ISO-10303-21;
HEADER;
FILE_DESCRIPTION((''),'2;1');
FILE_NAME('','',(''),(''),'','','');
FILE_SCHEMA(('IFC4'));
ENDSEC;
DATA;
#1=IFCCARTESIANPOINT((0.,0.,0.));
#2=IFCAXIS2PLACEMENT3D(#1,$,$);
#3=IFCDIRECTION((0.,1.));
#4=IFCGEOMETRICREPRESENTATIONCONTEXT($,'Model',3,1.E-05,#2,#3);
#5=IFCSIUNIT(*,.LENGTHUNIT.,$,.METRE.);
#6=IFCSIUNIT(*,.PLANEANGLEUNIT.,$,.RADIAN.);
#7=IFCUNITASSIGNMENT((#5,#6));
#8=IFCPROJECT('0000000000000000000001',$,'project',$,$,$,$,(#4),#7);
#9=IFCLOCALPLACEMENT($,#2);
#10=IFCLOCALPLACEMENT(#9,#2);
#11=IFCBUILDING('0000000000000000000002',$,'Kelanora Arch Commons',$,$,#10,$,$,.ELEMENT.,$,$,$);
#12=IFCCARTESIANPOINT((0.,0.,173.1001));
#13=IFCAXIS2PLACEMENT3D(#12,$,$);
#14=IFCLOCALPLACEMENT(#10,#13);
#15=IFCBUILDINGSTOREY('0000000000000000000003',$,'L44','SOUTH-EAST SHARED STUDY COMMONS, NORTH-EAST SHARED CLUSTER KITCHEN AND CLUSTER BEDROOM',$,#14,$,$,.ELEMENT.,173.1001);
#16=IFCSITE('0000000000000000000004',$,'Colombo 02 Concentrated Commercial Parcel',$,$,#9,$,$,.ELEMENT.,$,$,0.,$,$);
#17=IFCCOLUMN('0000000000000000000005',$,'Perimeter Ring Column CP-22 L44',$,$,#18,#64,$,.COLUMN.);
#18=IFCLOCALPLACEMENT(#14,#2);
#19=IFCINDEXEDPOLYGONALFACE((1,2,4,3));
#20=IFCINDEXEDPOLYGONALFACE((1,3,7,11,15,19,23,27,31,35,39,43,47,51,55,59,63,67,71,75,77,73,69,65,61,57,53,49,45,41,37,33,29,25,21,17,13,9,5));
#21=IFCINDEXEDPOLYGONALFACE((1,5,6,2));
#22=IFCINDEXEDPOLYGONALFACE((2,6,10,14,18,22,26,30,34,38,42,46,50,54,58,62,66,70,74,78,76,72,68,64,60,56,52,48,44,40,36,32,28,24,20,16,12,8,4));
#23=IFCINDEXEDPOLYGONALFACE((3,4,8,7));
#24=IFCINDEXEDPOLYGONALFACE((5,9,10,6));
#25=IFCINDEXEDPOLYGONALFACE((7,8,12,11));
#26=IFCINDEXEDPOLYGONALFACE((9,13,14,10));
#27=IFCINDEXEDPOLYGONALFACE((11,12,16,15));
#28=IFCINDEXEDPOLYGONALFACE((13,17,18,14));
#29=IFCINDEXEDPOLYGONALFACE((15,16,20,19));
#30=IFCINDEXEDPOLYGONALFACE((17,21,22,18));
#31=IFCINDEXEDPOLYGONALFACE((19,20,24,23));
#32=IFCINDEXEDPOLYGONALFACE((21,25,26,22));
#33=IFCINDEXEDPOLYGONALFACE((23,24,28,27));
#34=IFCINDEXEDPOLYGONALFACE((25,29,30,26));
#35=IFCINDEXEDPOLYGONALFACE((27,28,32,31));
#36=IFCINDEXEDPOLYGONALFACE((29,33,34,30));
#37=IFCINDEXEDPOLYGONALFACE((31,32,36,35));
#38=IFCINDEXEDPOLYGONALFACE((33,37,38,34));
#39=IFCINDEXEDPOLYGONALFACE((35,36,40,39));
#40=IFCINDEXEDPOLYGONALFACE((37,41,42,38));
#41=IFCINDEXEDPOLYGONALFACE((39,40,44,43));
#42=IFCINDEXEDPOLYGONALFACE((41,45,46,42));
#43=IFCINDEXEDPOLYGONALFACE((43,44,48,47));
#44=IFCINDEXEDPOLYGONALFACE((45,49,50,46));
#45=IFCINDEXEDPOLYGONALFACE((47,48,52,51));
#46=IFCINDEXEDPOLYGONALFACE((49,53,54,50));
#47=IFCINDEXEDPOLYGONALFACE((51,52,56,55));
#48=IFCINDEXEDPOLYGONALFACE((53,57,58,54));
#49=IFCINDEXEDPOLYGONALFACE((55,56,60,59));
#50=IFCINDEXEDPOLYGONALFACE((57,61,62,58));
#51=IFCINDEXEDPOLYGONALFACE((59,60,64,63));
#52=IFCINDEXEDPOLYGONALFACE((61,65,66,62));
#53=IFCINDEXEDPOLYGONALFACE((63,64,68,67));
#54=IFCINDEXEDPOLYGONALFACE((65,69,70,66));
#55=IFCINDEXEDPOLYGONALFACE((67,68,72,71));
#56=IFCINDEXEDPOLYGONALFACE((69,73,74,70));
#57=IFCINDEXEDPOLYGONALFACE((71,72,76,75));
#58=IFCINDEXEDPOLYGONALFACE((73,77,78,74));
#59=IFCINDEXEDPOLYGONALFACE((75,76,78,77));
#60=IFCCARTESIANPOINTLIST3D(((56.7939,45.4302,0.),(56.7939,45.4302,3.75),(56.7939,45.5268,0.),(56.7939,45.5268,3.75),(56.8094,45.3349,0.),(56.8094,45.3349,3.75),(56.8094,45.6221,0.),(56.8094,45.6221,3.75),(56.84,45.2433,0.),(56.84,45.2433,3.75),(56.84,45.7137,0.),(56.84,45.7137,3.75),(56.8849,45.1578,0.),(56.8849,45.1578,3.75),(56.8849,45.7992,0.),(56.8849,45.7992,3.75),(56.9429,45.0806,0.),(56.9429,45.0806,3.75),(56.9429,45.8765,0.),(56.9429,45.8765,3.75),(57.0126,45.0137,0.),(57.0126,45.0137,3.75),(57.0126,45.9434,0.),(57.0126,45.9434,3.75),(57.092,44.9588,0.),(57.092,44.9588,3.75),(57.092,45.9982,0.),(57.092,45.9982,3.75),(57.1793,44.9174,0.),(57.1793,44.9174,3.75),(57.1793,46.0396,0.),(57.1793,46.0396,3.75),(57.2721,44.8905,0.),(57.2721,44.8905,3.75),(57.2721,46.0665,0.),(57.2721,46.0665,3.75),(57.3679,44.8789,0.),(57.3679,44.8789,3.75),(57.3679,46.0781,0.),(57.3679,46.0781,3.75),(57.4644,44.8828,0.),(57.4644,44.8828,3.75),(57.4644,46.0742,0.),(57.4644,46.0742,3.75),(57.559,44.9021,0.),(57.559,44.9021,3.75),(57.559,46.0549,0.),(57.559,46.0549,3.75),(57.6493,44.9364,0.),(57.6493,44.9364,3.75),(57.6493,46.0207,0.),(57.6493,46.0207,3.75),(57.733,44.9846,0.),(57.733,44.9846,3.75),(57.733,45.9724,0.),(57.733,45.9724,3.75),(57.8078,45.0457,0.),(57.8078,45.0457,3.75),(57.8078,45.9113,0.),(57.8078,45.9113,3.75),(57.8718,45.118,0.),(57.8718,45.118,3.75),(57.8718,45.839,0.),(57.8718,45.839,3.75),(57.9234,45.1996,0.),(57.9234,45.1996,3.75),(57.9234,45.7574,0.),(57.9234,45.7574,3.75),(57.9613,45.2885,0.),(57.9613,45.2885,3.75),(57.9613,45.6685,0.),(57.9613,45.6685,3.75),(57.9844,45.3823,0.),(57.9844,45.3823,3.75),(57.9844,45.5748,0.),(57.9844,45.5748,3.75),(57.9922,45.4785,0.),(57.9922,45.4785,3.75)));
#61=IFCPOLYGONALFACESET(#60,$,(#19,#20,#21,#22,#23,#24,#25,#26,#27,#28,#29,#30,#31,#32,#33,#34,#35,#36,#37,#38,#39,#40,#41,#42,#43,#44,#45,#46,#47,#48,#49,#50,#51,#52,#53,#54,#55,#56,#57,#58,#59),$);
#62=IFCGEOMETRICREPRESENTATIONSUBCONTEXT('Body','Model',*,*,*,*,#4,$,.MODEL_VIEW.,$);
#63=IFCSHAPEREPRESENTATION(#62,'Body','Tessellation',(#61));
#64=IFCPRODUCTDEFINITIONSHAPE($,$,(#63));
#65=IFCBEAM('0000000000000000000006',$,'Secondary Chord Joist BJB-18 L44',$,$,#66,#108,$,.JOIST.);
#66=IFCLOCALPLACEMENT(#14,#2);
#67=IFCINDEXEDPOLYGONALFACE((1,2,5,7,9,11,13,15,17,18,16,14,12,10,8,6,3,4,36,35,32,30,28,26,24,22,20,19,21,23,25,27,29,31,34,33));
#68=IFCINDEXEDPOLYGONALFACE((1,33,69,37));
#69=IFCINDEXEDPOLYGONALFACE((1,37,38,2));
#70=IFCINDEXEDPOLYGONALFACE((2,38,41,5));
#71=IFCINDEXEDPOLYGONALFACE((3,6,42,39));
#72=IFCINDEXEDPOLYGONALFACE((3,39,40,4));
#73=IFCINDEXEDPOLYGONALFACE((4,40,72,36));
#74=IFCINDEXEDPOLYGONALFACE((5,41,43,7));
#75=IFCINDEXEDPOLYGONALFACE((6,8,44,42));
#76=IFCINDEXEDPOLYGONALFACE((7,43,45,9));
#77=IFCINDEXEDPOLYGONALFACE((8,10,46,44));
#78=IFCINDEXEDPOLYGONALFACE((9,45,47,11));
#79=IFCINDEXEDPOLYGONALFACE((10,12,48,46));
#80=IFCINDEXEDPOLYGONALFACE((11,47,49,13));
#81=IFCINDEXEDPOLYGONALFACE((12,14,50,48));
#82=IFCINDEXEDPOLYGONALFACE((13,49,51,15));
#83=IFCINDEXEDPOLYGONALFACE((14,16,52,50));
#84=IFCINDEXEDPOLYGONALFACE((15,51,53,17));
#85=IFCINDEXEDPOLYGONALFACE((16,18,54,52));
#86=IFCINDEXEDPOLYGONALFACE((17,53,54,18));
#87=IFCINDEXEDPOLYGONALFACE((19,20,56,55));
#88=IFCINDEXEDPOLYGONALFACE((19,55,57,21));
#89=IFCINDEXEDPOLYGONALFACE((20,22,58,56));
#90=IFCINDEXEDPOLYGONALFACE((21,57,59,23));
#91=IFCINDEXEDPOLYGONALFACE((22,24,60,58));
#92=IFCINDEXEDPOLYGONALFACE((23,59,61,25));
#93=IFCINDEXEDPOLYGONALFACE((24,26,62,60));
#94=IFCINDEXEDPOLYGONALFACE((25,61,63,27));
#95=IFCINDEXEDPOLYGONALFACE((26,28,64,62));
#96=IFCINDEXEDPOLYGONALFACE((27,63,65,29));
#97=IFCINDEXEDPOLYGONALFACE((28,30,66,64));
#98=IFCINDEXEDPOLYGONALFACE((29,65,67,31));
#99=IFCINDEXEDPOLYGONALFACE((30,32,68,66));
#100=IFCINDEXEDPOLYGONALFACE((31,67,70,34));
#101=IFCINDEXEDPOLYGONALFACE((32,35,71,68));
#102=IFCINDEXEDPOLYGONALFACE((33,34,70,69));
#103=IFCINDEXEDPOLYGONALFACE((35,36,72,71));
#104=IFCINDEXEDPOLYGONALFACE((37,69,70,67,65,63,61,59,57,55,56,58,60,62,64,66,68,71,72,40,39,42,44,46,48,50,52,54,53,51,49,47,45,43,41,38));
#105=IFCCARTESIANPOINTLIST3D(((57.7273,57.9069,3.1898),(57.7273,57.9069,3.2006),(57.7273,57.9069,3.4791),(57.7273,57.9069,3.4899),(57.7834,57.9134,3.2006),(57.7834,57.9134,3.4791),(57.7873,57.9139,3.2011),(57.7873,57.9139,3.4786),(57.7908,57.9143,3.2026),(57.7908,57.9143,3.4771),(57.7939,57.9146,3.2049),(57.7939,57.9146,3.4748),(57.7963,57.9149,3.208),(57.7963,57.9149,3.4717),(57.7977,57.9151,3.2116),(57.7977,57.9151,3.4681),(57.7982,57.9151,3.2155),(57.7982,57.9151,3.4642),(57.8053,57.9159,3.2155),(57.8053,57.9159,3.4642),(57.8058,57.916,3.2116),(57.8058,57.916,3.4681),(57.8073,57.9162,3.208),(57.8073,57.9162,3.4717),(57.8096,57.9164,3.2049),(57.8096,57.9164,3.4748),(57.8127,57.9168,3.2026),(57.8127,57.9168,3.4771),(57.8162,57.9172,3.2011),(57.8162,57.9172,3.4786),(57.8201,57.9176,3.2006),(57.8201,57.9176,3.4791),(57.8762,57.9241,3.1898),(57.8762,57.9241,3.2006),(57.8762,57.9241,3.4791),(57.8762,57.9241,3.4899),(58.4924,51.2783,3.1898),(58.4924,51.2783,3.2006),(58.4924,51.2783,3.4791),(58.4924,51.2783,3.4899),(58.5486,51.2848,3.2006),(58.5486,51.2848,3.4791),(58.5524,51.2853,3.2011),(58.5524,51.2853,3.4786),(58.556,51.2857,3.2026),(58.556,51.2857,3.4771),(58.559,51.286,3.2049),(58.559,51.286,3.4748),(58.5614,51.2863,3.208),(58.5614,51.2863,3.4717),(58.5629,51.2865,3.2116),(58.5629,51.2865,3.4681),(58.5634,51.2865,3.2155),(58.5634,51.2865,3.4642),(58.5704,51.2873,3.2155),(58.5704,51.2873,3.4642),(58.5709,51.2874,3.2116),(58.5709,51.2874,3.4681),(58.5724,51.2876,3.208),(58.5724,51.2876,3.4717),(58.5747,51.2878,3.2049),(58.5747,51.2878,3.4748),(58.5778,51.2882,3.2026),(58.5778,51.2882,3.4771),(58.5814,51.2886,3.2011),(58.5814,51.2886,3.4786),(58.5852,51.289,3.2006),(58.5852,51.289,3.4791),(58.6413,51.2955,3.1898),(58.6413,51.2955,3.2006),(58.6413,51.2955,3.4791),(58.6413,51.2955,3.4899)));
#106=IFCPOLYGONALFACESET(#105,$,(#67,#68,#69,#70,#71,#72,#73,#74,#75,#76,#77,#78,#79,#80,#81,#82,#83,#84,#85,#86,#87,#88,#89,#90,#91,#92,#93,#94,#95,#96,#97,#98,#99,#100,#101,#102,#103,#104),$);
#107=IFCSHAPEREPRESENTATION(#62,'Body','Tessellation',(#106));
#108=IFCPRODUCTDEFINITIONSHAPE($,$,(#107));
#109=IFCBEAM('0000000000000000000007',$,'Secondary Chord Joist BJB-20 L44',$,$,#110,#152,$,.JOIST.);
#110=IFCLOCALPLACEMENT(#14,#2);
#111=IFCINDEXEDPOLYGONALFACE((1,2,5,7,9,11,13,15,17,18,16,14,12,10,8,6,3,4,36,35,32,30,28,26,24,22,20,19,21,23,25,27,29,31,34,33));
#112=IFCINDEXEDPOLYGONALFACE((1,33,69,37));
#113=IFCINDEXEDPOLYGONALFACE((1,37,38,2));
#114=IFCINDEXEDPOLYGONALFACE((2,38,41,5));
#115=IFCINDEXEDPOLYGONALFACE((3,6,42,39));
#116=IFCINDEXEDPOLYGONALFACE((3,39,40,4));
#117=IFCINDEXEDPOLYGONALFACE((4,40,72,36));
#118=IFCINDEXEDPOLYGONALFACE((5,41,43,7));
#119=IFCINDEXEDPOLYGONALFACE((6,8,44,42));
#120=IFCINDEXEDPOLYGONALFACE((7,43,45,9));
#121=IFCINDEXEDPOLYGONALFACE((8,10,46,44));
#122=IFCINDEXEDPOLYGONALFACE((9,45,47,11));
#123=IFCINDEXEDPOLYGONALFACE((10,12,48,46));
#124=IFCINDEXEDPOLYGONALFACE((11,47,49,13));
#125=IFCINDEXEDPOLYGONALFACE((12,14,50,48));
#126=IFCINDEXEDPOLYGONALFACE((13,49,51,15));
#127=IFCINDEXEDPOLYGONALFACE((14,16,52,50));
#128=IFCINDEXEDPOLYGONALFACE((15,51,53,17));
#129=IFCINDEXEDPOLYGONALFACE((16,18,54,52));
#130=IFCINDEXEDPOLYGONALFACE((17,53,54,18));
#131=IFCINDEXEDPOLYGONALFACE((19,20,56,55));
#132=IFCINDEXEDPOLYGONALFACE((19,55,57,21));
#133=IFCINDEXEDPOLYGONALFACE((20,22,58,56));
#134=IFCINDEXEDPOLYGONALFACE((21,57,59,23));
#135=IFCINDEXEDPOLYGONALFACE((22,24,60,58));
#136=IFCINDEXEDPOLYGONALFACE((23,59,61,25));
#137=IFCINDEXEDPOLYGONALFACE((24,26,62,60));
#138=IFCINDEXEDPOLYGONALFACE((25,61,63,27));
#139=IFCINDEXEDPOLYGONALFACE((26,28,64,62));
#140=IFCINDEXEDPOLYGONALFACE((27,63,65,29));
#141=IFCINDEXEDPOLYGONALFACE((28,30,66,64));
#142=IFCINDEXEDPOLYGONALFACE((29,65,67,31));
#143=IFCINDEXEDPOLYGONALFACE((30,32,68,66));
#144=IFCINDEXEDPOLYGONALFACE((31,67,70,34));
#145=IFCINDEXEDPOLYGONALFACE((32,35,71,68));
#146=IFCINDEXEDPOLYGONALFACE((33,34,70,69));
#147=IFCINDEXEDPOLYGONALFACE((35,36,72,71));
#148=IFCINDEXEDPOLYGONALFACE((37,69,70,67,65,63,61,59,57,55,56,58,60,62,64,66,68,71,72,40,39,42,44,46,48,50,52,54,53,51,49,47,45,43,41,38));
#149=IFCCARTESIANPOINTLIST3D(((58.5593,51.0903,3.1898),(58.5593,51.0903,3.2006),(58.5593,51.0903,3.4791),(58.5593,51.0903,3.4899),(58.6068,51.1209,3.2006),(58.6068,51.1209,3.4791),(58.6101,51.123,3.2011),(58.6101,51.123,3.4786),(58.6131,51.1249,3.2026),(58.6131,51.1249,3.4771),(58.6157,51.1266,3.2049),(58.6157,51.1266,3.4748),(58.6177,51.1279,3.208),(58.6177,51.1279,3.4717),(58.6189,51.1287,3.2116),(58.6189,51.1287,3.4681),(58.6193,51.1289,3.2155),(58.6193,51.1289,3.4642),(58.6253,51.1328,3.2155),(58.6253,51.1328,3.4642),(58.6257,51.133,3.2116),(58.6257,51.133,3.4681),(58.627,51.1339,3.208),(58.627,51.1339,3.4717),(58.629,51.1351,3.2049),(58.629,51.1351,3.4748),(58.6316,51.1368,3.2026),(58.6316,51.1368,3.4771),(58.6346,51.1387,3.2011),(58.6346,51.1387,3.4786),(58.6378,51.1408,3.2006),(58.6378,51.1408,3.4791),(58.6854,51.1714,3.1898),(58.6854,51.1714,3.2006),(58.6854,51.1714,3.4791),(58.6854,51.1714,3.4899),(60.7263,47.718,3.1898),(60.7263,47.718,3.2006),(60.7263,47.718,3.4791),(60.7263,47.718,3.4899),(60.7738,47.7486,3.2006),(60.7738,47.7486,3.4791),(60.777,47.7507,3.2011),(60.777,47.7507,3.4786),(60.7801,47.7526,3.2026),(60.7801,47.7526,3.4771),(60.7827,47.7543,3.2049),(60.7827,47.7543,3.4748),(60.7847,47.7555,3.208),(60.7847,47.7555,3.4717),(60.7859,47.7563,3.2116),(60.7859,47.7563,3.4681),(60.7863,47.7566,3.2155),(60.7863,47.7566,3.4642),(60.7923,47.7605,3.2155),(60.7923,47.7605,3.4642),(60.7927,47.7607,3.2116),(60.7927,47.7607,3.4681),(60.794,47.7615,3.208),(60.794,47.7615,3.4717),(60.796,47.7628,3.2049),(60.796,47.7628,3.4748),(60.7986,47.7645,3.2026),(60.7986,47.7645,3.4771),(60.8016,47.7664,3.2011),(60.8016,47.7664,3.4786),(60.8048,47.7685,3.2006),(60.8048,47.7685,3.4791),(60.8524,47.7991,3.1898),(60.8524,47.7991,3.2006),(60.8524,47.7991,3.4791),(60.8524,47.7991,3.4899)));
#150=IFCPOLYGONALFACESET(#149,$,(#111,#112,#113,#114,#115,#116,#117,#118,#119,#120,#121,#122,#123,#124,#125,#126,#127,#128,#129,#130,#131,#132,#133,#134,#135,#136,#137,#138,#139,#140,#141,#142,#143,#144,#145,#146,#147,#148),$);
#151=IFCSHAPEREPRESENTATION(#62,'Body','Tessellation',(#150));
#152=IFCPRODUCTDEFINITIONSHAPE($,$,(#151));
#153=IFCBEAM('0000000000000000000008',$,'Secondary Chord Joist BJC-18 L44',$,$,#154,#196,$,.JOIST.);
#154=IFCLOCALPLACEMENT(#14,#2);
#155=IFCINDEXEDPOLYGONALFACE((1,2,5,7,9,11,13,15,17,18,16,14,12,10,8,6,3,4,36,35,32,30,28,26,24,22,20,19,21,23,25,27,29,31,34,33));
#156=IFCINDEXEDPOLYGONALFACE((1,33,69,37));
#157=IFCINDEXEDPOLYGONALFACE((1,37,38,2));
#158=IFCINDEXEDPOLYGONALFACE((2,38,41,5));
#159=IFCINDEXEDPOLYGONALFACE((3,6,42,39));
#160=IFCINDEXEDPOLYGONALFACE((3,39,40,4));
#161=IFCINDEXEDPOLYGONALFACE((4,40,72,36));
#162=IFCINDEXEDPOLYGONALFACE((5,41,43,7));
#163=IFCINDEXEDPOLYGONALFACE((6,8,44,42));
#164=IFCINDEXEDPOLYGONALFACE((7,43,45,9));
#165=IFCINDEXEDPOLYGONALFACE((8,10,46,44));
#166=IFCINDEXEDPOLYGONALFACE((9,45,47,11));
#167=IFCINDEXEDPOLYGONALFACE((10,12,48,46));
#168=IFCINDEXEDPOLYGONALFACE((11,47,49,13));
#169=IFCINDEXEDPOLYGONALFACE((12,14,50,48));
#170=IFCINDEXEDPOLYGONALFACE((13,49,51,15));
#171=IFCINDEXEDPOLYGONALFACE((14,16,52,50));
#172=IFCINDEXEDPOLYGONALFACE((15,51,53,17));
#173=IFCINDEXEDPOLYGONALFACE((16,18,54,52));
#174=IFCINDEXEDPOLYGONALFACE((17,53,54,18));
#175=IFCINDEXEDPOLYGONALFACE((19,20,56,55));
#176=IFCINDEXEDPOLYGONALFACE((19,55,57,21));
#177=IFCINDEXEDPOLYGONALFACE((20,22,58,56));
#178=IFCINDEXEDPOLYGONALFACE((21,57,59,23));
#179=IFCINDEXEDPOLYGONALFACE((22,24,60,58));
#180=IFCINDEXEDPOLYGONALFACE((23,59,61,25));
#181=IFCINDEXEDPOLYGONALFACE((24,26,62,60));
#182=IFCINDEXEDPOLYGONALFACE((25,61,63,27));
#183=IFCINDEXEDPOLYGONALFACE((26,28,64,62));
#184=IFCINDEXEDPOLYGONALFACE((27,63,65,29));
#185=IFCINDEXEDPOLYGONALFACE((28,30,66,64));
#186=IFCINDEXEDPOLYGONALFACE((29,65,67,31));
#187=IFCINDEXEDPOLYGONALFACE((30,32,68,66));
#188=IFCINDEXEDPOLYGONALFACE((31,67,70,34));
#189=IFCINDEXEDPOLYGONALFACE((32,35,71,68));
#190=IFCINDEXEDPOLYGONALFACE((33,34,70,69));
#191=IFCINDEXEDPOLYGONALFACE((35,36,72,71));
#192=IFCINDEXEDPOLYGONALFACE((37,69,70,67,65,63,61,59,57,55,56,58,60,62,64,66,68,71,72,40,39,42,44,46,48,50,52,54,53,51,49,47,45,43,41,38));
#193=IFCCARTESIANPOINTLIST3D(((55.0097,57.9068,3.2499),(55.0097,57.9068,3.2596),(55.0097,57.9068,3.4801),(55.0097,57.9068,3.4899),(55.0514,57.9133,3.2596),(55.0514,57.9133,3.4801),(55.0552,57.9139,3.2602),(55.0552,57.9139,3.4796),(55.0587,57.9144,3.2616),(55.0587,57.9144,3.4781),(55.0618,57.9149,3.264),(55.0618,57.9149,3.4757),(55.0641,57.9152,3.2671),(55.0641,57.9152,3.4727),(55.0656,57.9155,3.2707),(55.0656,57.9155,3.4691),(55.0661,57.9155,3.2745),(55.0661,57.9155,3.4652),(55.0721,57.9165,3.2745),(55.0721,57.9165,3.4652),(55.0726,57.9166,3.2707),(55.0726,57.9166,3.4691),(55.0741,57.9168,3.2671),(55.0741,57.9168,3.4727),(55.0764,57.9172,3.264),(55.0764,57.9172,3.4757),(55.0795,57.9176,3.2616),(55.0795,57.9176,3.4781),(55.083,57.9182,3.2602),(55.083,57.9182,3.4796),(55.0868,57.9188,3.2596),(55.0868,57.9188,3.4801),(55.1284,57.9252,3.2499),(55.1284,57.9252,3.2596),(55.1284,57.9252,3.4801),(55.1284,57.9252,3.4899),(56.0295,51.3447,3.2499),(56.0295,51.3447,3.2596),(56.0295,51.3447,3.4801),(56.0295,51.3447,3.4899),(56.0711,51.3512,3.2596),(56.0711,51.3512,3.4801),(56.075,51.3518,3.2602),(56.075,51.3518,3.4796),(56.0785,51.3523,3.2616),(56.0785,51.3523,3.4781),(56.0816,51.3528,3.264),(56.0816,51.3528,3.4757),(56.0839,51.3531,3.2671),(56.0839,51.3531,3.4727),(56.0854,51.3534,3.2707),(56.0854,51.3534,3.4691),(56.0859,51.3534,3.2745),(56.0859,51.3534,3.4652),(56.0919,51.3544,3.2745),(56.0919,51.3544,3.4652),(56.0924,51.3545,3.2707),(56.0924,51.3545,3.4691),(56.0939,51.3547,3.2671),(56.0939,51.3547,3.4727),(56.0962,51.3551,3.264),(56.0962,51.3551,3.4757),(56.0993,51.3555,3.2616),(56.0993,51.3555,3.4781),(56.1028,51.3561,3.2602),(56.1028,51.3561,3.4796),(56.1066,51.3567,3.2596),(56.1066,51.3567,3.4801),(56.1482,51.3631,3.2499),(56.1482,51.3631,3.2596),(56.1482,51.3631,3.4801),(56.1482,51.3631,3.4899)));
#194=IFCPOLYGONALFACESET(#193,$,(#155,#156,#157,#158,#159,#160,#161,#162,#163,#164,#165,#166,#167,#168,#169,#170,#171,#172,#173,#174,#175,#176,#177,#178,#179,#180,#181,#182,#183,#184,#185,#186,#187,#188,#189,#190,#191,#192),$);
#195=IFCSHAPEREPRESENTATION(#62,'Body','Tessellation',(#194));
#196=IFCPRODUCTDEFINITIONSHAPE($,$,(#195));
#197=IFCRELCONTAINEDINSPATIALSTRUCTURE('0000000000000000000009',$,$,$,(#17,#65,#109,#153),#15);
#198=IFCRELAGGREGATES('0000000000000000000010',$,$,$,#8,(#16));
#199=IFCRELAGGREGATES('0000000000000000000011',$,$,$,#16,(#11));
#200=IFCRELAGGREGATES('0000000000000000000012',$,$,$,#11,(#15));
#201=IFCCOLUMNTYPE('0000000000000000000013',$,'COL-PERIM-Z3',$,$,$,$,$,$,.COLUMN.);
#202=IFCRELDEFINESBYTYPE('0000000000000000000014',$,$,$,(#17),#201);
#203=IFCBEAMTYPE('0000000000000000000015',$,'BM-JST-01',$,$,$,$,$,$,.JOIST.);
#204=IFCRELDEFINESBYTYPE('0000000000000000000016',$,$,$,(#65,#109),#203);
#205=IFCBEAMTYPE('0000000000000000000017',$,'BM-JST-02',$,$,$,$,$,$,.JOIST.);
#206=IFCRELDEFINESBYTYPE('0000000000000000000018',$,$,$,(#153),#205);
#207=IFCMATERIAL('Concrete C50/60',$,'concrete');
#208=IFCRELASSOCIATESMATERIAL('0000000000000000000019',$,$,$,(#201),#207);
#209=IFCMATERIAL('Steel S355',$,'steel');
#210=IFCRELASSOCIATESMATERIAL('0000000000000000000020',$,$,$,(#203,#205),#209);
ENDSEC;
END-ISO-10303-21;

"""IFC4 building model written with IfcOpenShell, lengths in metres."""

from ifc_helpers import new_model, si_unit, direction, frame, origin, origin_2d, place, context, subcontext, project, spatial, circle, i_section, extrude, material, material_profile, profile_set, type_object, element, save


model = new_model("IFC4")

# Units and contexts
model_context = context("Model", 3, precision=1e-05, world=origin(), true_north=direction((0.0, 1.0)))
body_context = subcontext(model_context, "Body", "Model", "MODEL_VIEW")
ifc_project = project(units=[si_unit("LENGTHUNIT", "METRE"), si_unit("PLANEANGLEUNIT", "RADIAN")], contexts=[model_context])

# Site, building, storey
site_placement = place(None, origin())
site = spatial("IfcSite", under=ifc_project, at=site_placement, Name="Colombo 02 Concentrated Commercial Parcel", CompositionType="ELEMENT", RefElevation=0.0)
building_placement = place(site_placement, origin())
building = spatial("IfcBuilding", under=site, at=building_placement, Name="Kelanora Arch Commons", CompositionType="ELEMENT")
storey_placement = place(building_placement, frame((0.0, 0.0, 173.1001)))
storey = spatial("IfcBuildingStorey", under=building, at=storey_placement, Name="L44", Description="SOUTH-EAST SHARED STUDY COMMONS, NORTH-EAST SHARED CLUSTER KITCHEN AND CLUSTER BEDROOM", CompositionType="ELEMENT", Elevation=173.1001)

# Column
ifc_material_1 = material(Name="Concrete C50/60", Category="concrete")
ifc_material_profile_1 = material_profile(ifc_material_1, circle(Radius=0.6001, at=origin_2d()), Name="RCC1200")
ifc_profile_set_1 = profile_set([ifc_material_profile_1], Name="Concrete C50/60")
column_type = type_object("IfcColumnType", Name="COL-PERIM-Z3", PredefinedType="COLUMN", material=ifc_profile_set_1)
column_placement = place(storey_placement, frame((57.3921, 45.4785, 0.0), z_axis=(0.0, 0.0, 1.0), x_axis=(1.0, 0.0, 0.0)))
element("IfcColumn", 1, at=column_placement, inside=storey, type_object=column_type, Name="Perimeter Ring Column CP-22 L44", PredefinedType="COLUMN", context=body_context, shape_type="SweptSolid", body=[
    extrude(circle(Radius=0.6001, at=origin_2d()), origin(), (0.0, 0.0, 1.0), 3.75),
])

# Beams
ifc_material_2 = material(Name="Steel S355", Category="steel")
ifc_material_profile_2 = material_profile(ifc_material_2, i_section(OverallWidth=0.1499, OverallDepth=0.3, WebThickness=0.0071, FlangeThickness=0.0107, FilletRadius=0.0149, at=origin_2d()), Name="IPE300")
ifc_profile_set_2 = profile_set([ifc_material_profile_2], Name="Steel S355")
beam_type_1 = type_object("IfcBeamType", Name="BM-JST-01", PredefinedType="JOIST", material=ifc_profile_set_2)
beam_1_placement = place(storey_placement, frame((57.8018, 57.9155, 3.3398), z_axis=(0.114667, -0.993404, 0.0), x_axis=(0.993404, 0.114667, 0.0)))
element("IfcBeam", 2, at=beam_1_placement, inside=storey, type_object=beam_type_1, Name="Secondary Chord Joist BJB-18 L44", PredefinedType="JOIST", context=body_context, shape_type="SweptSolid", body=[
    extrude(i_section(OverallWidth=0.1499, OverallDepth=0.3, WebThickness=0.0071, FlangeThickness=0.0107, FilletRadius=0.0149, at=origin_2d()), origin(), (0.0, 0.0, 1.0), 6.6726),
])
beam_2_placement = place(storey_placement, frame((58.6223, 51.1309, 3.3398), z_axis=(0.540594, -0.841283, 0.0), x_axis=(0.841283, 0.540594, 0.0)))
element("IfcBeam", 3, at=beam_2_placement, inside=storey, type_object=beam_type_1, Name="Secondary Chord Joist BJB-20 L44", PredefinedType="JOIST", context=body_context, shape_type="SweptSolid", body=[
    extrude(i_section(OverallWidth=0.1499, OverallDepth=0.3, WebThickness=0.0071, FlangeThickness=0.0107, FilletRadius=0.0149, at=origin_2d()), origin(), (0.0, 0.0, 1.0), 4.0085),
])
ifc_material_profile_3 = material_profile(ifc_material_2, i_section(OverallWidth=0.1201, OverallDepth=0.24, WebThickness=0.0061, FlangeThickness=0.0098, FilletRadius=0.0149, at=origin_2d()), Name="IPE240")
ifc_profile_set_3 = profile_set([ifc_material_profile_3], Name="Steel S355")
beam_type_2 = type_object("IfcBeamType", Name="BM-JST-02", PredefinedType="JOIST", material=ifc_profile_set_3)
beam_3_placement = place(storey_placement, frame((55.0691, 57.916, 3.3699), z_axis=(0.153563, -0.988139, 0.0), x_axis=(0.988139, 0.153563, 0.0)))
element("IfcBeam", 4, at=beam_3_placement, inside=storey, type_object=beam_type_2, Name="Secondary Chord Joist BJC-18 L44", PredefinedType="JOIST", context=body_context, shape_type="SweptSolid", body=[
    extrude(i_section(OverallWidth=0.1201, OverallDepth=0.24, WebThickness=0.0061, FlangeThickness=0.0098, FilletRadius=0.0149, at=origin_2d()), origin(), (0.0, 0.0, 1.0), 6.6409),
])

save(model, "model.ifc")
